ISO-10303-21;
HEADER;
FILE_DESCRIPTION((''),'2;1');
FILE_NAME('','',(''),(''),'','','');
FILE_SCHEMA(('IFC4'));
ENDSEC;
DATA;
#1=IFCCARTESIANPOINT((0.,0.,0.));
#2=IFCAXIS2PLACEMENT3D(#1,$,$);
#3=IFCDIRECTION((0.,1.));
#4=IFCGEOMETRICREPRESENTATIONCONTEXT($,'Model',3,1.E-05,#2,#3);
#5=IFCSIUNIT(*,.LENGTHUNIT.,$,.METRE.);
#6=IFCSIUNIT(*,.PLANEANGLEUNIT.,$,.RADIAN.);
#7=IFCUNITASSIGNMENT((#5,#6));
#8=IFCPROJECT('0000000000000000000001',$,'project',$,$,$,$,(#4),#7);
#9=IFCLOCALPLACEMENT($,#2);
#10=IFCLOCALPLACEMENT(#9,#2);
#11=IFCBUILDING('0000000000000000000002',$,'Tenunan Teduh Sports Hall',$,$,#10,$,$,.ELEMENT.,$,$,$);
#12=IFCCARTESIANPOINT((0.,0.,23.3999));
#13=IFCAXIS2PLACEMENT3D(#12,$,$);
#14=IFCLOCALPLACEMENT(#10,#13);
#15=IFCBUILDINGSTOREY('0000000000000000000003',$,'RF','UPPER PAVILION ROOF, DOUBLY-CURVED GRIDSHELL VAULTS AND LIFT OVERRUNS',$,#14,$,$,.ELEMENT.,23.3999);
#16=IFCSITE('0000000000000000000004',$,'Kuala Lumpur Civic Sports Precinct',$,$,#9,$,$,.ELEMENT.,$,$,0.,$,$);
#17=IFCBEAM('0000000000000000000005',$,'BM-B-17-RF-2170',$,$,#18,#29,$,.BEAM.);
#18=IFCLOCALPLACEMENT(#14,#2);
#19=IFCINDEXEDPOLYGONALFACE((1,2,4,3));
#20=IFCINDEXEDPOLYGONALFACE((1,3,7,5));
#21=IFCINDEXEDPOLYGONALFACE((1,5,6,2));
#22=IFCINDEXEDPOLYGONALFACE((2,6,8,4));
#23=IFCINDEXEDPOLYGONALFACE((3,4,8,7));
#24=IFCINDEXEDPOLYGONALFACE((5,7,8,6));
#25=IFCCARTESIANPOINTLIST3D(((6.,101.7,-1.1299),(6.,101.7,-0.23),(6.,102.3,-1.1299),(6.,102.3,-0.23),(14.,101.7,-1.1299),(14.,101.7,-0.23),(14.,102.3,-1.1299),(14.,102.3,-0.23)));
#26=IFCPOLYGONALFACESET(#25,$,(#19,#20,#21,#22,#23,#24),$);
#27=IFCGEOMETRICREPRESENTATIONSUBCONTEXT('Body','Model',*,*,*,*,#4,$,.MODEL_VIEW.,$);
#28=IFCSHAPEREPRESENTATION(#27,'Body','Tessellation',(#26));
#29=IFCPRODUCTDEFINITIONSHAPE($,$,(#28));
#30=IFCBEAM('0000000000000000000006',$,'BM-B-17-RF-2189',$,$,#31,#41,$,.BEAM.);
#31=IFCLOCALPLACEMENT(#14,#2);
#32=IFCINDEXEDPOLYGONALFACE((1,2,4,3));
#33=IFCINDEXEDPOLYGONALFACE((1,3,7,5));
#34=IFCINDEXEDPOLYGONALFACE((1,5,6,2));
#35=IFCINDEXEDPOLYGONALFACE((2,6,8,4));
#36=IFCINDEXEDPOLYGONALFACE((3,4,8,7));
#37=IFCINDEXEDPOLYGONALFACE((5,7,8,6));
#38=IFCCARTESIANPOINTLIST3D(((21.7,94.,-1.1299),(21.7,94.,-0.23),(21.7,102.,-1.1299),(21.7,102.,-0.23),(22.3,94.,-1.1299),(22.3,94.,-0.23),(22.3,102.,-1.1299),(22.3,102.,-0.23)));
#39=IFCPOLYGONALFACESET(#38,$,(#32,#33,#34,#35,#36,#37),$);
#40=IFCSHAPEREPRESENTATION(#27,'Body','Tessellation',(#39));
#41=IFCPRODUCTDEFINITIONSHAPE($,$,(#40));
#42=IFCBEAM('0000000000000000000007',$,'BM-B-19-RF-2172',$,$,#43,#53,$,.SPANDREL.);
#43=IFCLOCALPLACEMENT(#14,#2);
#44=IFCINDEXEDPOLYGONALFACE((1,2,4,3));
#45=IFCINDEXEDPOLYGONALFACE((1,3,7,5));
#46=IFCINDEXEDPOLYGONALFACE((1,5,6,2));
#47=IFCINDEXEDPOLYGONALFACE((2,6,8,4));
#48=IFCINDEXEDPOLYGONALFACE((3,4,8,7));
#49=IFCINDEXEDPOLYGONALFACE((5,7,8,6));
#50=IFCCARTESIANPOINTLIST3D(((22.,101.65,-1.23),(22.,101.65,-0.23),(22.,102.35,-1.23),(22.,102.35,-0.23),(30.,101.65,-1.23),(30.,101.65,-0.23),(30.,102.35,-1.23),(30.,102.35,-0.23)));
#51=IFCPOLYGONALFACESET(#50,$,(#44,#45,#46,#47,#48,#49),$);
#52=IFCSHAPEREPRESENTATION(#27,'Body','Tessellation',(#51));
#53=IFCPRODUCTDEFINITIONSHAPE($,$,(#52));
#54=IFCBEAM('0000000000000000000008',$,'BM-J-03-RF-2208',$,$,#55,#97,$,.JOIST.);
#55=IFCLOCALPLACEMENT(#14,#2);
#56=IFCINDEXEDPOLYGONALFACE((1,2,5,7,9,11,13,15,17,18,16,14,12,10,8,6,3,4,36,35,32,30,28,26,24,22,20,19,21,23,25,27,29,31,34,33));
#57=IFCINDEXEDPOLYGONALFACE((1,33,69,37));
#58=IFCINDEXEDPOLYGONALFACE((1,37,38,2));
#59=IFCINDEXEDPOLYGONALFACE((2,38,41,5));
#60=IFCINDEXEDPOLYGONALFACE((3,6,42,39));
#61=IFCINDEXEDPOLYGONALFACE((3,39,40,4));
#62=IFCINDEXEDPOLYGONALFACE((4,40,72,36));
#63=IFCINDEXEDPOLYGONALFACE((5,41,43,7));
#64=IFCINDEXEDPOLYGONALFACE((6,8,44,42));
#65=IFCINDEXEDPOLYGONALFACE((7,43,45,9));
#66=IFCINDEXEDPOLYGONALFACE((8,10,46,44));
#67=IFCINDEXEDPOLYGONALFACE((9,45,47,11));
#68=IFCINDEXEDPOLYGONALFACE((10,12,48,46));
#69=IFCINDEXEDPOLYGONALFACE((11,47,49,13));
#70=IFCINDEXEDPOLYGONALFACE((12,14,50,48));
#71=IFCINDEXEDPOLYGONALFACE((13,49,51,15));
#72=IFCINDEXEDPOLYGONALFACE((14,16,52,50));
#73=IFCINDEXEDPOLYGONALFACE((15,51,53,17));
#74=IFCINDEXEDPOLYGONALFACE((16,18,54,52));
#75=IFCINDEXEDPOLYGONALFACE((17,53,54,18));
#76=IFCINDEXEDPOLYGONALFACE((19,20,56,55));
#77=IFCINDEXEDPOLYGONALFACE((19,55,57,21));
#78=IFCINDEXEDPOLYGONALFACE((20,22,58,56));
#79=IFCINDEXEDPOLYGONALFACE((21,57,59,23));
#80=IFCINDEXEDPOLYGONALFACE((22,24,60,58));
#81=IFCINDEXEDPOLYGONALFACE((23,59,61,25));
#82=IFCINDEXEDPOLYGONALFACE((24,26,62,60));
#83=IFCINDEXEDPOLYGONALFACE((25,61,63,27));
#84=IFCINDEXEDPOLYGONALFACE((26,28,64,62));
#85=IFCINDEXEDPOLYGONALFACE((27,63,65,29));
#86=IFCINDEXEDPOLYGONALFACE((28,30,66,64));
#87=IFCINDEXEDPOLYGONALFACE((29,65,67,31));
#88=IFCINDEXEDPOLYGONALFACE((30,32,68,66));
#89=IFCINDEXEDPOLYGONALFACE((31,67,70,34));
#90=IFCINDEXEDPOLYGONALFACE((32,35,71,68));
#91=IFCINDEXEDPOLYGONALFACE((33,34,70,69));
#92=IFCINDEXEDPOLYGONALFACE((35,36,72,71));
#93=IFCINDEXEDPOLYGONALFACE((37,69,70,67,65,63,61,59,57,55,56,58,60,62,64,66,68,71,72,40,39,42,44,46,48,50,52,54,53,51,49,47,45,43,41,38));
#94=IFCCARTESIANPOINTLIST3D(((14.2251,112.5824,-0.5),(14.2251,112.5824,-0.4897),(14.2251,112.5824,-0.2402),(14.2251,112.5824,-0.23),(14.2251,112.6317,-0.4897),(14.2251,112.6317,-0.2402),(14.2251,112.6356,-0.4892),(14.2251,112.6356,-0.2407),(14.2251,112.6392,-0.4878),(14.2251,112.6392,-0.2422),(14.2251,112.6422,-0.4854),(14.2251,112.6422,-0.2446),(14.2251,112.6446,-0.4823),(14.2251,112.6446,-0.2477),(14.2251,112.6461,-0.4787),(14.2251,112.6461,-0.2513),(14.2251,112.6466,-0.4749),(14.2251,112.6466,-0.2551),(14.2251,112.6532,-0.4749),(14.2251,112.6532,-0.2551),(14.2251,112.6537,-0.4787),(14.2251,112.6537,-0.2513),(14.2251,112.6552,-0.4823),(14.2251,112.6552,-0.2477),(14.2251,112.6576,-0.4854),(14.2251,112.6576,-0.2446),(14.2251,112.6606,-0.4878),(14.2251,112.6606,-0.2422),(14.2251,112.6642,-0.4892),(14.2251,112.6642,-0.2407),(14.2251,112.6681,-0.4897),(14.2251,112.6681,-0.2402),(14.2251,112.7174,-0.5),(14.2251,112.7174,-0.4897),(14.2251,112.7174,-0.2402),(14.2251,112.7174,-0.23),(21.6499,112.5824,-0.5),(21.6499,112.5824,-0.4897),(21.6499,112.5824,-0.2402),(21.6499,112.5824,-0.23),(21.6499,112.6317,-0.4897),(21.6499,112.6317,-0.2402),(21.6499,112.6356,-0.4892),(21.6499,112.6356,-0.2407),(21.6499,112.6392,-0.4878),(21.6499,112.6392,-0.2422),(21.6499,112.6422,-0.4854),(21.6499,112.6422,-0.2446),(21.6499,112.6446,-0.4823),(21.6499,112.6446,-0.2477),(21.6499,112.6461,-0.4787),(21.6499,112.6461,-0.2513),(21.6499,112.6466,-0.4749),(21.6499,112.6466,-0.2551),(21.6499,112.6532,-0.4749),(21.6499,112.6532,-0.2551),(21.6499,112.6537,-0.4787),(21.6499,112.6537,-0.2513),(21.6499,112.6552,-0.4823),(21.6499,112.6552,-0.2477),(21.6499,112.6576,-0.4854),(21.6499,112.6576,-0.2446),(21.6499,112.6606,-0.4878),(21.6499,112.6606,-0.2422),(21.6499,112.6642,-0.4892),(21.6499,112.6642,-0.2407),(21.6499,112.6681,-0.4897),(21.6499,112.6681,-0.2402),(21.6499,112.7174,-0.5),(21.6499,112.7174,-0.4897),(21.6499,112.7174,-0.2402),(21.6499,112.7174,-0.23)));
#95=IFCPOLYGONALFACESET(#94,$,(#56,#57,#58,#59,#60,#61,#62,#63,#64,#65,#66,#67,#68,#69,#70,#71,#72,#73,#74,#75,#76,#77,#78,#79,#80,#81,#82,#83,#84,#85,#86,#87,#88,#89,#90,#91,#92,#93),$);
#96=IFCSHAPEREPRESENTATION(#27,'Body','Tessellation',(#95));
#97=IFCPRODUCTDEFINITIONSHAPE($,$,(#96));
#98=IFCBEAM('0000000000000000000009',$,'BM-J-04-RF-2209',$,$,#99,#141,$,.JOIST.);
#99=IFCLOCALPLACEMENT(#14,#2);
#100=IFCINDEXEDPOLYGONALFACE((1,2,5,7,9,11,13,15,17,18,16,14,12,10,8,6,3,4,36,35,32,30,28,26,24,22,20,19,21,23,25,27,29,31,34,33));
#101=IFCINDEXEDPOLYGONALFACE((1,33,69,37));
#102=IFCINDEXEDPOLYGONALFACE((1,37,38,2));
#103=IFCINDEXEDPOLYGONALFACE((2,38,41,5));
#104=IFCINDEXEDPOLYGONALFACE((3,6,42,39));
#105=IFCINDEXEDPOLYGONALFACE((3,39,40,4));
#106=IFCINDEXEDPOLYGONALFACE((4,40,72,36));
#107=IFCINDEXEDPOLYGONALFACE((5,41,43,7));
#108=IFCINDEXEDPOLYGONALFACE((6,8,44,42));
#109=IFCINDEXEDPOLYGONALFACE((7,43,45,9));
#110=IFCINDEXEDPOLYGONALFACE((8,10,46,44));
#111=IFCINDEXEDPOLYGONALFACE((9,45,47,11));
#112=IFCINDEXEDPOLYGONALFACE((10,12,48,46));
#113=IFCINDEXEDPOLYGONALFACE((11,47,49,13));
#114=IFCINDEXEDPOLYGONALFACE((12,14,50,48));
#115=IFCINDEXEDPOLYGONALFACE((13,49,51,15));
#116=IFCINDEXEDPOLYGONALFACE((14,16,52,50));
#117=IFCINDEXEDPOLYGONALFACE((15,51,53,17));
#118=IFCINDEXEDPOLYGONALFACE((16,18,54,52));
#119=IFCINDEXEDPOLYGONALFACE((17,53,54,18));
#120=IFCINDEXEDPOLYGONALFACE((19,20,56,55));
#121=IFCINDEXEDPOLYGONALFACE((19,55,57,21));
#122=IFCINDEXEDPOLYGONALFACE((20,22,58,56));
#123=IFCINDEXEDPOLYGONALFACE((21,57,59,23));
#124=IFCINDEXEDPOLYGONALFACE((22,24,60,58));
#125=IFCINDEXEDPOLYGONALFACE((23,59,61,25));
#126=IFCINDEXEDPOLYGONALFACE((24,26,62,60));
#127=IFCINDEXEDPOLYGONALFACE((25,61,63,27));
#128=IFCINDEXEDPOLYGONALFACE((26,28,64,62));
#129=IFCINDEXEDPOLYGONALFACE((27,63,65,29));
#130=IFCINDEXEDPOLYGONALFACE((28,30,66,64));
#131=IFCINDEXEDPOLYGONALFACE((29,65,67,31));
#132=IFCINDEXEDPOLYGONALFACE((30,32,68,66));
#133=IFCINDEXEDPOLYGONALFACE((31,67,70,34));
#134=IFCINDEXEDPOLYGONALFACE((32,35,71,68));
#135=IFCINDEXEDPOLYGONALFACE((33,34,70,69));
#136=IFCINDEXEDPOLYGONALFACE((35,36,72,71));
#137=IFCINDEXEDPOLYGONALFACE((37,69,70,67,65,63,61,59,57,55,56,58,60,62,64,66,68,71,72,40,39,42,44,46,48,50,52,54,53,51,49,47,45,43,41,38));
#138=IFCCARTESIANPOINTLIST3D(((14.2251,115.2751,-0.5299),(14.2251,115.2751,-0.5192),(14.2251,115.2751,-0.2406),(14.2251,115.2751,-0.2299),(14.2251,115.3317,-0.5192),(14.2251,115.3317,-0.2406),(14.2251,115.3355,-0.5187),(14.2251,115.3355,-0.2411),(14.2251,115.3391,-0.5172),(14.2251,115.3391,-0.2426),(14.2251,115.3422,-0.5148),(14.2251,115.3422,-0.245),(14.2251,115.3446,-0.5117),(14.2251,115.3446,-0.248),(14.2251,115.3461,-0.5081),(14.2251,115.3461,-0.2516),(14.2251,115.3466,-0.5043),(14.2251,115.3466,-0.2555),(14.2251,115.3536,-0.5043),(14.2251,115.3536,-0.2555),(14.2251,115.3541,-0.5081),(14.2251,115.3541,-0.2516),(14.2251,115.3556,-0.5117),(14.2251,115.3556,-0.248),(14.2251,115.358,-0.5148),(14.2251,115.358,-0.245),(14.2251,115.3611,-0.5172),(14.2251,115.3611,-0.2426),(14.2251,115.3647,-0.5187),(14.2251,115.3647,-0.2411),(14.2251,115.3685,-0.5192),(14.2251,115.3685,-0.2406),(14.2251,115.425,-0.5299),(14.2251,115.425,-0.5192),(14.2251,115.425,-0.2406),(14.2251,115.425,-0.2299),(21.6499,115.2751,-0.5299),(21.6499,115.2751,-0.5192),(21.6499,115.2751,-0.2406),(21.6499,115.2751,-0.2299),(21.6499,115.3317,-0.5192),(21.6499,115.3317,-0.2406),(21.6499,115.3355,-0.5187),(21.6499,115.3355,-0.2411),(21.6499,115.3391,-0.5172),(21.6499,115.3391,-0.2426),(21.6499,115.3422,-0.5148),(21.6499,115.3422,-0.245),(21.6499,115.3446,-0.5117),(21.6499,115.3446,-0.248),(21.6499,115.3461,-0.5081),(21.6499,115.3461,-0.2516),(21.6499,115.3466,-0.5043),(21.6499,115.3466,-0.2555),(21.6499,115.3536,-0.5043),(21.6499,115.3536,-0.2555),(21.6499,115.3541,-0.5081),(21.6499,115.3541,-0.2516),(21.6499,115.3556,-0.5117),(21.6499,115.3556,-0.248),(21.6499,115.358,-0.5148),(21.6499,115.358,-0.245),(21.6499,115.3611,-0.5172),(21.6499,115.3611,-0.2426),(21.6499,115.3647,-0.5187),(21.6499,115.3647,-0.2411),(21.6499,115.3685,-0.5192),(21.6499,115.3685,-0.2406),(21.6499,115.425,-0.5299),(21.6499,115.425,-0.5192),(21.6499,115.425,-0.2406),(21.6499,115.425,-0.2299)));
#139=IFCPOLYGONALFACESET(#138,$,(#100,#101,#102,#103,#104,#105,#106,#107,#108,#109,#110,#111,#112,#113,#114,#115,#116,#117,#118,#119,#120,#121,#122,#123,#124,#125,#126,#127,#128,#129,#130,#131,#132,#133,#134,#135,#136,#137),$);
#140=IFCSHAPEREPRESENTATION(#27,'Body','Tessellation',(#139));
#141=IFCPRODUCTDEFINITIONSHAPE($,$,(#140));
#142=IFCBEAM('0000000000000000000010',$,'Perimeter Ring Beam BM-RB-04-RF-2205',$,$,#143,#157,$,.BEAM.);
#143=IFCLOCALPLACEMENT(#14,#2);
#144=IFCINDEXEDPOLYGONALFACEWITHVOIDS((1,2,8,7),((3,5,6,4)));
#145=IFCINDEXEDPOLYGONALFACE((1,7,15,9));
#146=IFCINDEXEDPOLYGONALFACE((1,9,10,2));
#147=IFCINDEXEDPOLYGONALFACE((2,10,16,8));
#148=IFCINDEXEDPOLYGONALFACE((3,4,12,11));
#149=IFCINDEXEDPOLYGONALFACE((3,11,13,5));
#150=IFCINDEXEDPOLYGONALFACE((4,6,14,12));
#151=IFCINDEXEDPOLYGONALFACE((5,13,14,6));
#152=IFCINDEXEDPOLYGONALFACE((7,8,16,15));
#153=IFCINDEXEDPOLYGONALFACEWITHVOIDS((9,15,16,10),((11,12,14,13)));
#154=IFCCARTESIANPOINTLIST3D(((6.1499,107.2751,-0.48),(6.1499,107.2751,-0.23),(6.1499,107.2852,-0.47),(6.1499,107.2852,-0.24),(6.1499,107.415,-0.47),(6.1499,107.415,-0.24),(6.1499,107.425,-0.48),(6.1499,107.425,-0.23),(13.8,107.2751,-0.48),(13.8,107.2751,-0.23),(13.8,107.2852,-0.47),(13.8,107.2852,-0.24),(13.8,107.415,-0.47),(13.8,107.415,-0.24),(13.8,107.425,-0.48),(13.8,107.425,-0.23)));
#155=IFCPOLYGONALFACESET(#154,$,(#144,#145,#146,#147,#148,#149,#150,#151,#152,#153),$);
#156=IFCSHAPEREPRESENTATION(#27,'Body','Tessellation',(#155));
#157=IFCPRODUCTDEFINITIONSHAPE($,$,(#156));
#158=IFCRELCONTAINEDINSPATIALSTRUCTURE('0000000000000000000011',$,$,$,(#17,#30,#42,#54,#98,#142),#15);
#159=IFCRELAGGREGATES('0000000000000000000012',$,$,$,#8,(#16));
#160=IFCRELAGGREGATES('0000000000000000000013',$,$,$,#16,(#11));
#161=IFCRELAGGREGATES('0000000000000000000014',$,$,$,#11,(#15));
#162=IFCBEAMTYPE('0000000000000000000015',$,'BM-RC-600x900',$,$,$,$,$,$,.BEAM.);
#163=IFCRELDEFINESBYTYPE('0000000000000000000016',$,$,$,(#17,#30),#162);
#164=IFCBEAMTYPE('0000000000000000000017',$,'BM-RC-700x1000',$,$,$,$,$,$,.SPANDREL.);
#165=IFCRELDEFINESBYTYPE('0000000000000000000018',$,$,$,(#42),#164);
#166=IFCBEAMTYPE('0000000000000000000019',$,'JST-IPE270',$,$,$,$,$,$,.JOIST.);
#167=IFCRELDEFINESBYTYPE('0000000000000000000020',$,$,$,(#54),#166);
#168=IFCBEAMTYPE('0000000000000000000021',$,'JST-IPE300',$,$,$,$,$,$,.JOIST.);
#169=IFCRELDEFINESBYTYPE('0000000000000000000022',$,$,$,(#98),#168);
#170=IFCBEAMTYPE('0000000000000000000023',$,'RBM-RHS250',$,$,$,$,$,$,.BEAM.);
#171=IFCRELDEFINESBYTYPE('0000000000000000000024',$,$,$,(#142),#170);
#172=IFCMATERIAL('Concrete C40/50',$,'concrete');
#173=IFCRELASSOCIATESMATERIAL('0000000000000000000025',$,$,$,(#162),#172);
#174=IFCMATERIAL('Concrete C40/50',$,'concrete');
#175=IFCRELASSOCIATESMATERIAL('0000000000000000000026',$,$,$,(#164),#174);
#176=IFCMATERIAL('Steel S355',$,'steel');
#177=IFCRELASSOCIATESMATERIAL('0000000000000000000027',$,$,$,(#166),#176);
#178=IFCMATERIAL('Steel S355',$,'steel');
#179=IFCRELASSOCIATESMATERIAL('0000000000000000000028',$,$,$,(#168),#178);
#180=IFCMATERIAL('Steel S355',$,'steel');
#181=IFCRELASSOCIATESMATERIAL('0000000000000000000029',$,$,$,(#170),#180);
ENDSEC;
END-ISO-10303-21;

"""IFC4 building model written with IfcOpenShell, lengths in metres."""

from ifc_helpers import new_model, si_unit, direction, frame, origin, origin_2d, place, context, subcontext, project, spatial, rectangle, hollow_rectangle, i_section, extrude, material, material_profile, profile_set, type_object, element, save


model = new_model("IFC4")

# Units and contexts
model_context = context("Model", 3, precision=1e-05, world=origin(), true_north=direction((0.0, 1.0)))
body_context = subcontext(model_context, "Body", "Model", "MODEL_VIEW")
ifc_project = project(units=[si_unit("LENGTHUNIT", "METRE"), si_unit("PLANEANGLEUNIT", "RADIAN")], contexts=[model_context])

# Site, building, storey
site_placement = place(None, origin())
site = spatial("IfcSite", under=ifc_project, at=site_placement, Name="Kuala Lumpur Civic Sports Precinct", CompositionType="ELEMENT", RefElevation=0.0)
building_placement = place(site_placement, origin())
building = spatial("IfcBuilding", under=site, at=building_placement, Name="Tenunan Teduh Sports Hall", CompositionType="ELEMENT")
storey_placement = place(building_placement, frame((0.0, 0.0, 23.3999)))
storey = spatial("IfcBuildingStorey", under=building, at=storey_placement, Name="RF", Description="UPPER PAVILION ROOF, DOUBLY-CURVED GRIDSHELL VAULTS AND LIFT OVERRUNS", CompositionType="ELEMENT", Elevation=23.3999)

# Beams
ifc_material_1 = material(Name="Concrete C40/50", Category="concrete")
ifc_material_profile_1 = material_profile(ifc_material_1, rectangle(XDim=0.6001, YDim=0.8999, at=origin_2d()), Name="RCB 600x900")
ifc_profile_set_1 = profile_set([ifc_material_profile_1], Name="Concrete C40/50")
beam_type_1 = type_object("IfcBeamType", Name="BM-RC-600x900", PredefinedType="BEAM", material=ifc_profile_set_1)
for number, where, z_axis, x_axis, name in (
    (1, (6.0, 102.0, -0.6799), (1.0, 0.0, 0.0), (0.0, 1.0, 0.0), "BM-B-17-RF-2170"),
    (2, (22.0, 94.0, -0.6799), (0.0, 1.0, 0.0), (-1.0, 0.0, 0.0), "BM-B-17-RF-2189"),
):
    element("IfcBeam", number, at=place(storey_placement, frame(where, z_axis=z_axis, x_axis=x_axis)), inside=storey, type_object=beam_type_1, Name=name, PredefinedType="BEAM", context=body_context, shape_type="SweptSolid", body=[
        extrude(rectangle(XDim=0.6001, YDim=0.8999, at=origin_2d()), origin(), (0.0, 0.0, 1.0), 8.0),
    ])
ifc_material_2 = material(Name="Concrete C40/50", Category="concrete")
ifc_material_profile_2 = material_profile(ifc_material_2, rectangle(XDim=0.7, YDim=1.0, at=origin_2d()), Name="RCB 700x1000")
ifc_profile_set_2 = profile_set([ifc_material_profile_2], Name="Concrete C40/50")
beam_type_2 = type_object("IfcBeamType", Name="BM-RC-700x1000", PredefinedType="SPANDREL", material=ifc_profile_set_2)
beam_1_placement = place(storey_placement, frame((22.0, 102.0, -0.73), z_axis=(1.0, 0.0, 0.0), x_axis=(0.0, 1.0, 0.0)))
element("IfcBeam", 3, at=beam_1_placement, inside=storey, type_object=beam_type_2, Name="BM-B-19-RF-2172", PredefinedType="SPANDREL", context=body_context, shape_type="SweptSolid", body=[
    extrude(rectangle(XDim=0.7, YDim=1.0, at=origin_2d()), origin(), (0.0, 0.0, 1.0), 8.0),
])
ifc_material_3 = material(Name="Steel S355", Category="steel")
ifc_material_profile_3 = material_profile(ifc_material_3, i_section(OverallWidth=0.135, OverallDepth=0.27, WebThickness=0.0066, FlangeThickness=0.0103, FilletRadius=0.0149, at=origin_2d()), Name="IPE 270")
ifc_profile_set_3 = profile_set([ifc_material_profile_3], Name="Steel S355")
beam_type_3 = type_object("IfcBeamType", Name="JST-IPE270", PredefinedType="JOIST", material=ifc_profile_set_3)
beam_2_placement = place(storey_placement, frame((14.2251, 112.6499, -0.365), z_axis=(1.0, 0.0, 0.0), x_axis=(0.0, 1.0, 0.0)))
element("IfcBeam", 4, at=beam_2_placement, inside=storey, type_object=beam_type_3, Name="BM-J-03-RF-2208", PredefinedType="JOIST", context=body_context, shape_type="SweptSolid", body=[
    extrude(i_section(OverallWidth=0.135, OverallDepth=0.27, WebThickness=0.0066, FlangeThickness=0.0103, FilletRadius=0.0149, at=origin_2d()), origin(), (0.0, 0.0, 1.0), 7.4248),
])
ifc_material_4 = material(Name="Steel S355", Category="steel")
ifc_material_profile_4 = material_profile(ifc_material_4, i_section(OverallWidth=0.1499, OverallDepth=0.3, WebThickness=0.0071, FlangeThickness=0.0107, FilletRadius=0.0149, at=origin_2d()), Name="IPE 300")
ifc_profile_set_4 = profile_set([ifc_material_profile_4], Name="Steel S355")
beam_type_4 = type_object("IfcBeamType", Name="JST-IPE300", PredefinedType="JOIST", material=ifc_profile_set_4)
beam_3_placement = place(storey_placement, frame((14.2251, 115.3501, -0.3799), z_axis=(1.0, 0.0, 0.0), x_axis=(0.0, 1.0, 0.0)))
element("IfcBeam", 5, at=beam_3_placement, inside=storey, type_object=beam_type_4, Name="BM-J-04-RF-2209", PredefinedType="JOIST", context=body_context, shape_type="SweptSolid", body=[
    extrude(i_section(OverallWidth=0.1499, OverallDepth=0.3, WebThickness=0.0071, FlangeThickness=0.0107, FilletRadius=0.0149, at=origin_2d()), origin(), (0.0, 0.0, 1.0), 7.4248),
])
ifc_material_5 = material(Name="Steel S355", Category="steel")
ifc_material_profile_5 = material_profile(ifc_material_5, hollow_rectangle(XDim=0.1499, YDim=0.25, WallThickness=0.01, at=origin_2d()), Name="RHS 250x150x10.0")
ifc_profile_set_5 = profile_set([ifc_material_profile_5], Name="Steel S355")
beam_type_5 = type_object("IfcBeamType", Name="RBM-RHS250", PredefinedType="BEAM", material=ifc_profile_set_5)
beam_4_placement = place(storey_placement, frame((6.1499, 107.3501, -0.355), z_axis=(1.0, 0.0, 0.0), x_axis=(0.0, 1.0, 0.0)))
element("IfcBeam", 6, at=beam_4_placement, inside=storey, type_object=beam_type_5, Name="Perimeter Ring Beam BM-RB-04-RF-2205", PredefinedType="BEAM", context=body_context, shape_type="SweptSolid", body=[
    extrude(hollow_rectangle(XDim=0.1499, YDim=0.25, WallThickness=0.01, at=origin_2d()), origin(), (0.0, 0.0, 1.0), 7.6501),
])

save(model, "model.ifc")
